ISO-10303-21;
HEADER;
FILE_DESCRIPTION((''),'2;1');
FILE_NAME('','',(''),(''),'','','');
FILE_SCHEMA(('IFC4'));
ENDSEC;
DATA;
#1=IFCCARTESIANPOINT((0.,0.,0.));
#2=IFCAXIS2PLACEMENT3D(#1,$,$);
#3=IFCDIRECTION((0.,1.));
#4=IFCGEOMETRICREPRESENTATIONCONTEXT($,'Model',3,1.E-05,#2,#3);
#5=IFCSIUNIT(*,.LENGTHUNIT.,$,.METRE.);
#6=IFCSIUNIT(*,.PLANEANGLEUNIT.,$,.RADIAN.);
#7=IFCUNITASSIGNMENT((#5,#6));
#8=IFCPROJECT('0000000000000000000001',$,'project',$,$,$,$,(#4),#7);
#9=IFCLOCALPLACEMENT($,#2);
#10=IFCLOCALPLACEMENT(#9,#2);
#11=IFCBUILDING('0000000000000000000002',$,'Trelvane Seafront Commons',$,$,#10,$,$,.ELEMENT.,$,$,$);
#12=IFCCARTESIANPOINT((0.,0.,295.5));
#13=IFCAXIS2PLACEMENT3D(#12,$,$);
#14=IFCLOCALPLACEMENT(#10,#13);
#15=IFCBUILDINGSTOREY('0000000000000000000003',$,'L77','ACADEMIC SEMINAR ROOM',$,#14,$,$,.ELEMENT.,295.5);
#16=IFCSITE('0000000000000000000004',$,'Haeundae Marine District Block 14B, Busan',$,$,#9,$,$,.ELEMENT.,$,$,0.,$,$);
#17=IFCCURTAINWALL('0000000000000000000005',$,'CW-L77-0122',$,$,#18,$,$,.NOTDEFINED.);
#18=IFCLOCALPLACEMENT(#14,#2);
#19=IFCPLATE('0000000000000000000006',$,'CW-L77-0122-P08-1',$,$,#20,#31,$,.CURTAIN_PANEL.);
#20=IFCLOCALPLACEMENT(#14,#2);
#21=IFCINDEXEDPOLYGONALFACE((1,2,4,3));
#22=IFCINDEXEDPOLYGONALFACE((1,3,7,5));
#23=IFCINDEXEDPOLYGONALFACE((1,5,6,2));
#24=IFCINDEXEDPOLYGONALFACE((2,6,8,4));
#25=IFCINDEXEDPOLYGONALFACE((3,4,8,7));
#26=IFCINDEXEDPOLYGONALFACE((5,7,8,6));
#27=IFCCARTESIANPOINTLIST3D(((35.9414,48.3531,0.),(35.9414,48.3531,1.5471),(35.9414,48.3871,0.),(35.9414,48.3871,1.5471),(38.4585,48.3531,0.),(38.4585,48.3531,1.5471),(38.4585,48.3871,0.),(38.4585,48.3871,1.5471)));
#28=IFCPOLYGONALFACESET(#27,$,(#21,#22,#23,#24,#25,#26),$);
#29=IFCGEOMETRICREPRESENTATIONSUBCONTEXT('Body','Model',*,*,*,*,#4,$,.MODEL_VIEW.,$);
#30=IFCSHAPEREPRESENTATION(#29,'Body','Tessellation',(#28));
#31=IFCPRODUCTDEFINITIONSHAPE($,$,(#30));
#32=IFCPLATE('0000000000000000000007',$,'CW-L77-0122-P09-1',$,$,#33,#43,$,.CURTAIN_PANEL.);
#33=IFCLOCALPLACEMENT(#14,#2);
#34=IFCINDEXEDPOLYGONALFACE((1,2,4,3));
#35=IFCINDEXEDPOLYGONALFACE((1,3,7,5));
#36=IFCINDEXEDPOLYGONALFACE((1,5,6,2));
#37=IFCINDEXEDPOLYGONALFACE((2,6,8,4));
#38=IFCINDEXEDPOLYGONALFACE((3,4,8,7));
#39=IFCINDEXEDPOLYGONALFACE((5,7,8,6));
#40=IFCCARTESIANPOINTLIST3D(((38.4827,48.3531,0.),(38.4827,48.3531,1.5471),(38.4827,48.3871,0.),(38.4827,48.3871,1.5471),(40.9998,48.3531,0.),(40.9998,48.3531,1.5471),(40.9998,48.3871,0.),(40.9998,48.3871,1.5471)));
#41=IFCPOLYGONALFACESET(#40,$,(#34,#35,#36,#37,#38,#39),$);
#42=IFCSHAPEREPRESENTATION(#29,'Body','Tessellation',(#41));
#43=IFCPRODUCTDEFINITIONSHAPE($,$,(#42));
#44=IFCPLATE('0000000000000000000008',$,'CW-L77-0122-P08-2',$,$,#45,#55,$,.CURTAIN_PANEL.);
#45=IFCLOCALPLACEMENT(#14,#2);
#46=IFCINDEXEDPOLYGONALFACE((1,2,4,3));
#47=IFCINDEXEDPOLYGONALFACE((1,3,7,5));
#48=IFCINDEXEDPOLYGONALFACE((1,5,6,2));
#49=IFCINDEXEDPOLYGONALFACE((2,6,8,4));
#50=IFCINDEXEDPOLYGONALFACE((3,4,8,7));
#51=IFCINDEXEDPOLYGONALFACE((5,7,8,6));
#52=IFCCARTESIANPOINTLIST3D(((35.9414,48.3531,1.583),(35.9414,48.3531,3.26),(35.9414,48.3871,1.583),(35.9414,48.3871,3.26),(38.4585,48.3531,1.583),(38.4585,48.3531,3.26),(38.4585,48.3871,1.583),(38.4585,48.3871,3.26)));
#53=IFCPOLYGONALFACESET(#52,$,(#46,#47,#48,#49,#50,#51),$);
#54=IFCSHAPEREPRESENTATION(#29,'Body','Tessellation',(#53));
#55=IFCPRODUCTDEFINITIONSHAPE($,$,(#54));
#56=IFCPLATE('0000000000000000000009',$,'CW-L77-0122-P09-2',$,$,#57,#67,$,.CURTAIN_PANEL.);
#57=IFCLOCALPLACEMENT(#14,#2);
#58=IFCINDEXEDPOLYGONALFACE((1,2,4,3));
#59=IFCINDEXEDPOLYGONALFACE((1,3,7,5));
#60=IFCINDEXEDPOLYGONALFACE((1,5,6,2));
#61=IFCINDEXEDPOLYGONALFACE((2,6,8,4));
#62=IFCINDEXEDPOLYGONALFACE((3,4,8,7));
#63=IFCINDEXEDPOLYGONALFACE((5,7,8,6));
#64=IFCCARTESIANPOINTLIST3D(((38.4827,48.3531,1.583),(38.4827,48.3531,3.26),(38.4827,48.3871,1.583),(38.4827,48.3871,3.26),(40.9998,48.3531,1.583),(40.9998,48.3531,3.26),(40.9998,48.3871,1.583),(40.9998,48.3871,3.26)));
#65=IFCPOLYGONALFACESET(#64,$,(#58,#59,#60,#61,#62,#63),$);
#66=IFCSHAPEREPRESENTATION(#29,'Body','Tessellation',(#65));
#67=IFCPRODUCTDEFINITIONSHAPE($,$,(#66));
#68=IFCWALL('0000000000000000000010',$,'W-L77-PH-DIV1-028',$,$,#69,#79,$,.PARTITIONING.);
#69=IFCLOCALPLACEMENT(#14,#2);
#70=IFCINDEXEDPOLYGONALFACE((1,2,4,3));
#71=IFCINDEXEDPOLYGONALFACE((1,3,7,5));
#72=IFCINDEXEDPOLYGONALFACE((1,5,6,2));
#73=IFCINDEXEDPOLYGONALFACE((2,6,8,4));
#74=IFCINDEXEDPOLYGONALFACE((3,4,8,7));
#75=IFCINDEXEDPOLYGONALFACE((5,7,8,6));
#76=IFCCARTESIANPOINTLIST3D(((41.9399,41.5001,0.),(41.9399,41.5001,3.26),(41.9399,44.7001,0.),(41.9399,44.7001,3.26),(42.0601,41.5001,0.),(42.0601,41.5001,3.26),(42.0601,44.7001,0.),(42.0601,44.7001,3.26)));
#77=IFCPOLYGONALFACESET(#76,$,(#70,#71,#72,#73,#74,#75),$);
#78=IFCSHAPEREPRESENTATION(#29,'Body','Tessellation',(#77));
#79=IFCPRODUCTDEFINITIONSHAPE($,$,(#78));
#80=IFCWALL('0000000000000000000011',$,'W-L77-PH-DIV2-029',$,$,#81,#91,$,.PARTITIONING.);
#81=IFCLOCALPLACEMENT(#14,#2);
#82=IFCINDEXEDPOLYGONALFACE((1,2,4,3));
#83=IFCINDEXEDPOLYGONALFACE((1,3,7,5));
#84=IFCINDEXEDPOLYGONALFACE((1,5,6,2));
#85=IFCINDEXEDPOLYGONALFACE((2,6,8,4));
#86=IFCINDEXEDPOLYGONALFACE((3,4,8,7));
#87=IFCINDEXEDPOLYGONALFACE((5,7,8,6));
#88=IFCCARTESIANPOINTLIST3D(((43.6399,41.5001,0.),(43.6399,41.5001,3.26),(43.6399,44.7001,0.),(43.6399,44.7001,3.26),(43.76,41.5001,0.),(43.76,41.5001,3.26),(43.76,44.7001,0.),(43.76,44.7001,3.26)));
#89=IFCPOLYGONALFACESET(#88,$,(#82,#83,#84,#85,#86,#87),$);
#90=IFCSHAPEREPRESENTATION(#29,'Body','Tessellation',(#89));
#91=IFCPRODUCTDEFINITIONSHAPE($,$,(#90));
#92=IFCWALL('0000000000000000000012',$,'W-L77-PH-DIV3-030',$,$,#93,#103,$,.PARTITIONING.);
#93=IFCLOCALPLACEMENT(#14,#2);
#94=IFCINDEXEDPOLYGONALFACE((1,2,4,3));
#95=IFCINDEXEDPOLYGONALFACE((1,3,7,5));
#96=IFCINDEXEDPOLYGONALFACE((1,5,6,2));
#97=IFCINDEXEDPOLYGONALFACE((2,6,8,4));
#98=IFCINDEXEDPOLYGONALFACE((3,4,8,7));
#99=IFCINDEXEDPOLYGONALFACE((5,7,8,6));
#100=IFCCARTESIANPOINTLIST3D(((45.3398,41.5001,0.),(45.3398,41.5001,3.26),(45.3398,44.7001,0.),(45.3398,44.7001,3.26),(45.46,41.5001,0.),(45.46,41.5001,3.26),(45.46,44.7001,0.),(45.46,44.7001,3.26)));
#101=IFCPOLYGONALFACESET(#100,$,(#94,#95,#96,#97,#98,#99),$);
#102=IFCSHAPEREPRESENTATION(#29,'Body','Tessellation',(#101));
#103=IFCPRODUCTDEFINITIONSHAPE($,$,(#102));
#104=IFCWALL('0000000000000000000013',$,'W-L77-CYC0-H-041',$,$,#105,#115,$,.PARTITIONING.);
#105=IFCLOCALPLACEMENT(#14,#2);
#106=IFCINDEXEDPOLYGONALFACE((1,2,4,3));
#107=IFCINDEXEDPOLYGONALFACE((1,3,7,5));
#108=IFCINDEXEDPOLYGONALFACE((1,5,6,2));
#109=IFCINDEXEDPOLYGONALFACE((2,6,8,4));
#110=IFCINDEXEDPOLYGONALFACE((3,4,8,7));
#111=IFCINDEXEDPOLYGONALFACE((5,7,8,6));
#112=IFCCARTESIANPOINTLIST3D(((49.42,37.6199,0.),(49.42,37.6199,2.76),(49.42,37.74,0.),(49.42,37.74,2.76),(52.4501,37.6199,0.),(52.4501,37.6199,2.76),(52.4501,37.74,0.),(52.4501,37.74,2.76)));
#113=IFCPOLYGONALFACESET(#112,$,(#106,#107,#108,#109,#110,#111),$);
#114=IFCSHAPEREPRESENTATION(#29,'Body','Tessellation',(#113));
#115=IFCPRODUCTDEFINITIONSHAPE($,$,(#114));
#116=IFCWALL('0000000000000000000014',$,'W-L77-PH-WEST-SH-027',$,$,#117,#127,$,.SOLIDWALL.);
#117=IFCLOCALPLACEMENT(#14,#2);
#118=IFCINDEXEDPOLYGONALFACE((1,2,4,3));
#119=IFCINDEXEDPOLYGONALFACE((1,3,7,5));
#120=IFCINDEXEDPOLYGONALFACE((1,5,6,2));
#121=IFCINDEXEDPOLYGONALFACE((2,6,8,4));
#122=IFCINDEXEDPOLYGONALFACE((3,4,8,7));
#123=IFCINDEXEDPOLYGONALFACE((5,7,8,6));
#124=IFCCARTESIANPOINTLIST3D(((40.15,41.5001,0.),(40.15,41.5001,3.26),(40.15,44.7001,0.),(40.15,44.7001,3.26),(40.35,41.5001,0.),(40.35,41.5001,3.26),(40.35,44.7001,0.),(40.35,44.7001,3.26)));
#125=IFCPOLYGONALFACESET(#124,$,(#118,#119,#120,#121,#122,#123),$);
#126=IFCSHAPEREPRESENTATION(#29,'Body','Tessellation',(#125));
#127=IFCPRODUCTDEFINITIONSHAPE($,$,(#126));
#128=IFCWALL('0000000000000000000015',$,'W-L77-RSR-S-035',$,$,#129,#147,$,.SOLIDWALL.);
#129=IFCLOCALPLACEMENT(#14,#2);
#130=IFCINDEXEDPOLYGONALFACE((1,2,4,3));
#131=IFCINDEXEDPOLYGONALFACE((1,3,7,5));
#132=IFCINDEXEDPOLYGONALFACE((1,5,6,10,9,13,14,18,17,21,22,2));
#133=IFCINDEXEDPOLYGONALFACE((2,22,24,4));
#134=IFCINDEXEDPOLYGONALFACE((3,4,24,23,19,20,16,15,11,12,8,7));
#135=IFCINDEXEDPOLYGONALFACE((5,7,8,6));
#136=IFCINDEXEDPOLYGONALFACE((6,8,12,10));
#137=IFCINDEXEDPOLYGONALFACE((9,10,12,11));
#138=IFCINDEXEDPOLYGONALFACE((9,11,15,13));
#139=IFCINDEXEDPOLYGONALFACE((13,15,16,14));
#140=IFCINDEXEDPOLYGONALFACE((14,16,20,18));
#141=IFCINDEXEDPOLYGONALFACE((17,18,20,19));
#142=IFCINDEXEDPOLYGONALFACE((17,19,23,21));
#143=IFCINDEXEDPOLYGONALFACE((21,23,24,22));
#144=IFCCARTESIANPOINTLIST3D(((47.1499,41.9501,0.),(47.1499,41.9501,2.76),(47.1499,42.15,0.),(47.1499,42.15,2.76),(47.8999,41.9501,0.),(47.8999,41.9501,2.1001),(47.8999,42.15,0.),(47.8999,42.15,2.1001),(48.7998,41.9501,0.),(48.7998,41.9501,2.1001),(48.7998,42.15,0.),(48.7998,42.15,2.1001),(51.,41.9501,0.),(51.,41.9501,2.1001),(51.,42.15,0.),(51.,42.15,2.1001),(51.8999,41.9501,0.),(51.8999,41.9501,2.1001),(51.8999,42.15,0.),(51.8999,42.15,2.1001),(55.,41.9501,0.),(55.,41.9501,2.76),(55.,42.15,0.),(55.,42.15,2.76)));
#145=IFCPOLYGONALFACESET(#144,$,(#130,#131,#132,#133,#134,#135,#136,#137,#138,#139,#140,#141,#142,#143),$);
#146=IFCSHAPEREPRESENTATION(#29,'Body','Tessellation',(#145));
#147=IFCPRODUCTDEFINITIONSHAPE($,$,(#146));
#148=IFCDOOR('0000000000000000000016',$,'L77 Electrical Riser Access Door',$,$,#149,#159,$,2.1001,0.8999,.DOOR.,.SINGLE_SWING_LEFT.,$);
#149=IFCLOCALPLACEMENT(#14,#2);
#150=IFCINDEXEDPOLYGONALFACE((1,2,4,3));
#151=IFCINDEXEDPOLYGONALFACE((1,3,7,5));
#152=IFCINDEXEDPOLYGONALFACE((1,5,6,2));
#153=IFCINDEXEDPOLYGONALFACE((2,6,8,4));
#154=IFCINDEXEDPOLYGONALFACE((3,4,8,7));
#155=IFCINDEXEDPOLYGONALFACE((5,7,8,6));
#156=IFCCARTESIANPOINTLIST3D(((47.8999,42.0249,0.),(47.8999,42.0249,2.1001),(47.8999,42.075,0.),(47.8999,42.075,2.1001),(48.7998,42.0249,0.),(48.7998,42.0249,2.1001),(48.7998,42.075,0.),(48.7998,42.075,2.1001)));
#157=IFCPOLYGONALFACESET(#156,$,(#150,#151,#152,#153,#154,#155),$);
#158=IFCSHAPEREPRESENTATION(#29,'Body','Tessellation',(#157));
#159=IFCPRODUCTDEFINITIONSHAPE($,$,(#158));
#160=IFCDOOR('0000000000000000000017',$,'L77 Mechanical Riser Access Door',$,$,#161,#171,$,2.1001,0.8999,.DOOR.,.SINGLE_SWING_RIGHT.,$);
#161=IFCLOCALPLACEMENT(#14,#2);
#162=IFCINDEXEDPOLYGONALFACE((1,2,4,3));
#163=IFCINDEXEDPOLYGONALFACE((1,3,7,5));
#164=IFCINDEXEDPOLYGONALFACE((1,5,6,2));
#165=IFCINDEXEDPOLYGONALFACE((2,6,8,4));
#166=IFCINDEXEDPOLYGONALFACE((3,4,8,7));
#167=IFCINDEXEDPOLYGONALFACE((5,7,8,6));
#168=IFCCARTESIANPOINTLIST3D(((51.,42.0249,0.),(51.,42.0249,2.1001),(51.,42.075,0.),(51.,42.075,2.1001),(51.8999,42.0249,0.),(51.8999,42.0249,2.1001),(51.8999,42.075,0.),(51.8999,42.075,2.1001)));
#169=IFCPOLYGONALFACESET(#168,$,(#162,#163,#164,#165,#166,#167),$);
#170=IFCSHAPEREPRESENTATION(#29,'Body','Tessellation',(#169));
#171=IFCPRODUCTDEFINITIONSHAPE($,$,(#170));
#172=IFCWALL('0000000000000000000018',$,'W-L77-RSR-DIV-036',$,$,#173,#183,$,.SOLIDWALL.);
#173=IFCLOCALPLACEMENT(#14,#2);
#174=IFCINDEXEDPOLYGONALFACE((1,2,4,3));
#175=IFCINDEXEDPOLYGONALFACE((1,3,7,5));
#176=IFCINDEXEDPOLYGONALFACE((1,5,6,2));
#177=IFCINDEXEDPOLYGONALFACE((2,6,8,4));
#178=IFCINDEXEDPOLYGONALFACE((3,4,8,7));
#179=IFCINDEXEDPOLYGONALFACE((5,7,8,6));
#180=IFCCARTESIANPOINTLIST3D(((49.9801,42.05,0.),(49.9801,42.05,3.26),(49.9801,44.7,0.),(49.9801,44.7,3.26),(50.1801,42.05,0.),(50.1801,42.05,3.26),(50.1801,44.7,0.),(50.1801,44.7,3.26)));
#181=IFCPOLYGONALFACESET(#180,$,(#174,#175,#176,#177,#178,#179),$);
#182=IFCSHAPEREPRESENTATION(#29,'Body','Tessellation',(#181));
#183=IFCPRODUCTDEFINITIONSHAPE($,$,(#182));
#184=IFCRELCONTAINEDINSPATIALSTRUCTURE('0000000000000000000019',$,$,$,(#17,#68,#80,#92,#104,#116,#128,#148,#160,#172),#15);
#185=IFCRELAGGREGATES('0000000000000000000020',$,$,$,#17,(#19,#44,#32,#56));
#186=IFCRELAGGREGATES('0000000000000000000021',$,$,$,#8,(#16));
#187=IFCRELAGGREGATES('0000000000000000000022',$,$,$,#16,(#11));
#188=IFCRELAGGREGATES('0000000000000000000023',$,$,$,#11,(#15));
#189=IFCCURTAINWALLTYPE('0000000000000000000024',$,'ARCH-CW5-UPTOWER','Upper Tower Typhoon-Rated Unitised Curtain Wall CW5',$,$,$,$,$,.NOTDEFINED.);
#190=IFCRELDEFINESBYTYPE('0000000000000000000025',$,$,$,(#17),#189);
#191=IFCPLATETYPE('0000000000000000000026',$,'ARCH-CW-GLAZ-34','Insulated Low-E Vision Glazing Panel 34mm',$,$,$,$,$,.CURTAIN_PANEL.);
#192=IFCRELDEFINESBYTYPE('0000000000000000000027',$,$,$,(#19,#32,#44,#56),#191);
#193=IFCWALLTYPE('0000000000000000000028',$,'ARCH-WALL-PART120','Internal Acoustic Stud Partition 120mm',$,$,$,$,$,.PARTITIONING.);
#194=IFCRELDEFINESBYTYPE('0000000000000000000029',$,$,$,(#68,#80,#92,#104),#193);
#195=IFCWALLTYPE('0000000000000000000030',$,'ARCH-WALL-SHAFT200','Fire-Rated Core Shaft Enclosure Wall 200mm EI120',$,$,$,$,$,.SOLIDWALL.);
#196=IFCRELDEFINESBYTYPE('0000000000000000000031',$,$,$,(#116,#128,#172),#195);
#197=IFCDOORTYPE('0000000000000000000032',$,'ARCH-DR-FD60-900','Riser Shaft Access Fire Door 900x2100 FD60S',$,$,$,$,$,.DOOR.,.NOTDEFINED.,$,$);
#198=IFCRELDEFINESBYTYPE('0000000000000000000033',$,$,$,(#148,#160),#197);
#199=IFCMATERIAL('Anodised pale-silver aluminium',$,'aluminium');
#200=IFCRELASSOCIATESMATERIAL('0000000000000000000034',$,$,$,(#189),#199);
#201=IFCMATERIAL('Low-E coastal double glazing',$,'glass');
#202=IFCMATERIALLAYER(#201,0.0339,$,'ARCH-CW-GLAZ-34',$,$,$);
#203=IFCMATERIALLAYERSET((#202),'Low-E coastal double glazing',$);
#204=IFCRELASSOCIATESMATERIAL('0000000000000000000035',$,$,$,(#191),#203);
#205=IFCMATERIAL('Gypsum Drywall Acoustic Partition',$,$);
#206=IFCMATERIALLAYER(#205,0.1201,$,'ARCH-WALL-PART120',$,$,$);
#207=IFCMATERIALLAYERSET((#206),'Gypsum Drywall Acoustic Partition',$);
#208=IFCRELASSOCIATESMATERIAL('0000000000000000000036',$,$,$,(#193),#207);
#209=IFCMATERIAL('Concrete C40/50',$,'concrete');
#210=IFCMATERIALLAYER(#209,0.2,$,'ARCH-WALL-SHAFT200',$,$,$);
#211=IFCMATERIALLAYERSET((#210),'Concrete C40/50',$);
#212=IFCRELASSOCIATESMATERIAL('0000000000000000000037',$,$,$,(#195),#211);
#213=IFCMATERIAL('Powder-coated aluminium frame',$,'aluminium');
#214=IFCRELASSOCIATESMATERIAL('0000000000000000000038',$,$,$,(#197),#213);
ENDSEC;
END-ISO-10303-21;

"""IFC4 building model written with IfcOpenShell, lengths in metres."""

from ifc_helpers import new_model, si_unit, direction, frame, frame_2d, origin, origin_2d, place, context, subcontext, project, spatial, rectangle, extrude, source, transform, mapped, material, layer, layer_set, type_object, element, fill, aggregate, save


model = new_model("IFC4")

# Units and contexts
model_context = context("Model", 3, precision=1e-05, world=origin(), true_north=direction((0.0, 1.0)))
body_context = subcontext(model_context, "Body", "Model", "MODEL_VIEW")
ifc_project = project(units=[si_unit("LENGTHUNIT", "METRE"), si_unit("PLANEANGLEUNIT", "RADIAN")], contexts=[model_context])

# Site, building, storey
site_placement = place(None, origin())
site = spatial("IfcSite", under=ifc_project, at=site_placement, Name="Haeundae Marine District Block 14B, Busan", CompositionType="ELEMENT", RefElevation=0.0)
building_placement = place(site_placement, origin())
building = spatial("IfcBuilding", under=site, at=building_placement, Name="Trelvane Seafront Commons", CompositionType="ELEMENT")
storey_placement = place(building_placement, frame((0.0, 0.0, 295.5)))
storey = spatial("IfcBuildingStorey", under=building, at=storey_placement, Name="L77", Description="ACADEMIC SEMINAR ROOM", CompositionType="ELEMENT", Elevation=295.5)

# Curtain wall, plates
ifc_material_1 = material(Name="Anodised pale-silver aluminium", Category="aluminium")
curtain_wall_type = type_object("IfcCurtainWallType", Name="ARCH-CW5-UPTOWER", Description="Upper Tower Typhoon-Rated Unitised Curtain Wall CW5", PredefinedType="NOTDEFINED", material=ifc_material_1)
curtain_wall_placement = place(storey_placement, origin())
curtain_wall = element("IfcCurtainWall", 1, at=curtain_wall_placement, inside=storey, type_object=curtain_wall_type, Name="CW-L77-0122", PredefinedType="NOTDEFINED")
ifc_material_2 = material(Name="Low-E coastal double glazing", Category="glass")
ifc_layer_1 = layer(ifc_material_2, 0.0339, Name="ARCH-CW-GLAZ-34")
ifc_layer_set_1 = layer_set([ifc_layer_1], Name="Low-E coastal double glazing")
plate_type = type_object("IfcPlateType", Name="ARCH-CW-GLAZ-34", Description="Insulated Low-E Vision Glazing Panel 34mm", PredefinedType="CURTAIN_PANEL", material=ifc_layer_set_1)
shared_shape_1 = source(origin(), body_context, "Body", "SweptSolid", [
    extrude(rectangle(XDim=2.5171, YDim=0.0339, at=origin_2d()), origin(), (0.0, 0.0, 1.0), 1.5471),
])
plate_1_placement = place(storey_placement, frame((37.2, 48.3701, 0.0), z_axis=(0.0, 0.0, 1.0), x_axis=(1.0, 0.0, 0.0)))
plate_1 = element("IfcPlate", 2, at=plate_1_placement, type_object=plate_type, Name="CW-L77-0122-P08-1", PredefinedType="CURTAIN_PANEL", context=body_context, shape_type="MappedRepresentation", body=[
    mapped(shared_shape_1, transform((0.0, 0.0, 0.0), x_axis=(1.0, 0.0, 0.0), y_axis=(0.0, 1.0, 0.0), z_axis=(0.0, 0.0, 1.0), scale=1.0)),
])
plate_2_placement = place(storey_placement, frame((39.7412, 48.3701, 0.0), z_axis=(0.0, 0.0, 1.0), x_axis=(1.0, 0.0, 0.0)))
plate_2 = element("IfcPlate", 3, at=plate_2_placement, type_object=plate_type, Name="CW-L77-0122-P09-1", PredefinedType="CURTAIN_PANEL", context=body_context, shape_type="MappedRepresentation", body=[
    mapped(shared_shape_1, transform((0.0, 0.0, 0.0), x_axis=(1.0, 0.0, 0.0), y_axis=(0.0, 1.0, 0.0), z_axis=(0.0, 0.0, 1.0), scale=1.0)),
])
shared_shape_2 = source(origin(), body_context, "Body", "SweptSolid", [
    extrude(rectangle(XDim=2.5171, YDim=0.0339, at=origin_2d()), origin(), (0.0, 0.0, 1.0), 1.677),
])
plate_3_placement = place(storey_placement, frame((37.2, 48.3701, 1.583), z_axis=(0.0, 0.0, 1.0), x_axis=(1.0, 0.0, 0.0)))
plate_3 = element("IfcPlate", 4, at=plate_3_placement, type_object=plate_type, Name="CW-L77-0122-P08-2", PredefinedType="CURTAIN_PANEL", context=body_context, shape_type="MappedRepresentation", body=[
    mapped(shared_shape_2, transform((0.0, 0.0, 0.0), x_axis=(1.0, 0.0, 0.0), y_axis=(0.0, 1.0, 0.0), z_axis=(0.0, 0.0, 1.0), scale=1.0)),
])
plate_4_placement = place(storey_placement, frame((39.7412, 48.3701, 1.583), z_axis=(0.0, 0.0, 1.0), x_axis=(1.0, 0.0, 0.0)))
plate_4 = element("IfcPlate", 5, at=plate_4_placement, type_object=plate_type, Name="CW-L77-0122-P09-2", PredefinedType="CURTAIN_PANEL", context=body_context, shape_type="MappedRepresentation", body=[
    mapped(shared_shape_2, transform((0.0, 0.0, 0.0), x_axis=(1.0, 0.0, 0.0), y_axis=(0.0, 1.0, 0.0), z_axis=(0.0, 0.0, 1.0), scale=1.0)),
])
aggregate(curtain_wall, [plate_1, plate_3, plate_2, plate_4])

# Walls
ifc_material_3 = material(Name="Gypsum Drywall Acoustic Partition")
ifc_layer_2 = layer(ifc_material_3, 0.1201, Name="ARCH-WALL-PART120")
ifc_layer_set_2 = layer_set([ifc_layer_2], Name="Gypsum Drywall Acoustic Partition")
wall_type_1 = type_object("IfcWallType", Name="ARCH-WALL-PART120", Description="Internal Acoustic Stud Partition 120mm", PredefinedType="PARTITIONING", material=ifc_layer_set_2)
for number, where, z_axis, x_axis, name in (
    (6, (42.0, 41.5, 0.0), (0.0, 0.0, 1.0), (0.0, 1.0, 0.0), "W-L77-PH-DIV1-028"),
    (7, (43.7, 41.5, 0.0), (0.0, 0.0, 1.0), (0.0, 1.0, 0.0), "W-L77-PH-DIV2-029"),
    (8, (45.3999, 41.5, 0.0), (0.0, 0.0, 1.0), (0.0, 1.0, 0.0), "W-L77-PH-DIV3-030"),
):
    element("IfcWall", number, at=place(storey_placement, frame(where, z_axis=z_axis, x_axis=x_axis)), inside=storey, type_object=wall_type_1, Name=name, PredefinedType="PARTITIONING", context=body_context, shape_type="SweptSolid", body=[
        extrude(rectangle(XDim=3.2, YDim=0.1201, at=frame_2d((1.6001, 0.0))), origin(), (0.0, 0.0, 1.0), 3.26),
    ])
wall_1_placement = place(storey_placement, frame((49.4199, 37.6799, 0.0), z_axis=(0.0, 0.0, 1.0), x_axis=(1.0, 0.0, 0.0)))
element("IfcWall", 9, at=wall_1_placement, inside=storey, type_object=wall_type_1, Name="W-L77-CYC0-H-041", PredefinedType="PARTITIONING", context=body_context, shape_type="SweptSolid", body=[
    extrude(rectangle(XDim=3.03, YDim=0.1201, at=frame_2d((1.5151, 0.0))), origin(), (0.0, 0.0, 1.0), 2.76),
])

# Shared definitions
ifc_material_4 = material(Name="Concrete C40/50", Category="concrete")
ifc_layer_3 = layer(ifc_material_4, 0.2, Name="ARCH-WALL-SHAFT200")
ifc_layer_set_3 = layer_set([ifc_layer_3], Name="Concrete C40/50")
wall_type_2 = type_object("IfcWallType", Name="ARCH-WALL-SHAFT200", Description="Fire-Rated Core Shaft Enclosure Wall 200mm EI120", PredefinedType="SOLIDWALL", material=ifc_layer_set_3)

# Wall
wall_2_placement = place(storey_placement, frame((40.25, 41.5, 0.0), z_axis=(0.0, 0.0, 1.0), x_axis=(0.0, 1.0, 0.0)))
element("IfcWall", 10, at=wall_2_placement, inside=storey, type_object=wall_type_2, Name="W-L77-PH-WEST-SH-027", PredefinedType="SOLIDWALL", context=body_context, shape_type="SweptSolid", body=[
    extrude(rectangle(XDim=3.2, YDim=0.2, at=frame_2d((1.6001, 0.0))), origin(), (0.0, 0.0, 1.0), 3.26),
])

# Wall, openings, doors
wall_3_placement = place(storey_placement, frame((47.1499, 42.05, 0.0), z_axis=(0.0, 0.0, 1.0), x_axis=(1.0, 0.0, 0.0)))
wall_3 = element("IfcWall", 11, at=wall_3_placement, inside=storey, type_object=wall_type_2, Name="W-L77-RSR-S-035", PredefinedType="SOLIDWALL", context=body_context, shape_type="SweptSolid", body=[
    extrude(rectangle(XDim=7.8501, YDim=0.2, at=frame_2d((3.925, 0.0))), origin(), (0.0, 0.0, 1.0), 2.76),
])
opening_1_placement = place(wall_3_placement, frame((0.75, 0.0, 0.0)))
opening_1 = element("IfcOpeningElement", 12, at=opening_1_placement, cuts=wall_3, PredefinedType="OPENING", context=body_context, shape_type="SweptSolid", body=[
    extrude(rectangle(XDim=0.8999, YDim=2.1001, at=frame_2d((0.45, 1.05))), frame((0.0, 0.1099, 0.0), z_axis=(0.0, -1.0, 0.0), x_axis=(1.0, 0.0, 0.0)), (0.0, 0.0, 1.0), 0.22),
])
opening_2_placement = place(wall_3_placement, frame((3.8501, 0.0, 0.0)))
opening_2 = element("IfcOpeningElement", 13, at=opening_2_placement, cuts=wall_3, PredefinedType="OPENING", context=body_context, shape_type="SweptSolid", body=[
    extrude(rectangle(XDim=0.8999, YDim=2.1001, at=frame_2d((0.45, 1.05))), frame((0.0, 0.1099, 0.0), z_axis=(0.0, -1.0, 0.0), x_axis=(1.0, 0.0, 0.0)), (0.0, 0.0, 1.0), 0.22),
])
ifc_material_5 = material(Name="Powder-coated aluminium frame", Category="aluminium")
door_type_1 = type_object("IfcDoorType", Name="ARCH-DR-FD60-900", Description="Riser Shaft Access Fire Door 900x2100 FD60S", OperationType="NOTDEFINED", PredefinedType="DOOR", material=ifc_material_5)
shared_shape_3 = source(origin(), body_context, "Body", "SweptSolid", [
    extrude(rectangle(XDim=0.8999, YDim=2.1001, at=frame_2d((0.45, 1.05))), frame((0.0, 0.0249, 0.0), z_axis=(0.0, -1.0, 0.0), x_axis=(1.0, 0.0, 0.0)), (0.0, 0.0, 1.0), 0.05),
])
door_1_placement = place(opening_1_placement, origin())
door_1 = element("IfcDoor", 14, at=door_1_placement, inside=storey, type_object=door_type_1, Name="L77 Electrical Riser Access Door", OperationType="SINGLE_SWING_LEFT", OverallHeight=2.1001, OverallWidth=0.8999, PredefinedType="DOOR", context=body_context, shape_type="MappedRepresentation", body=[
    mapped(shared_shape_3, transform((0.0, 0.0, 0.0), x_axis=(1.0, 0.0, 0.0), y_axis=(0.0, 1.0, 0.0), z_axis=(0.0, 0.0, 1.0), scale=1.0)),
])
fill(opening_1, door_1)
door_2_placement = place(opening_2_placement, origin())
door_2 = element("IfcDoor", 15, at=door_2_placement, inside=storey, type_object=door_type_1, Name="L77 Mechanical Riser Access Door", OperationType="SINGLE_SWING_RIGHT", OverallHeight=2.1001, OverallWidth=0.8999, PredefinedType="DOOR", context=body_context, shape_type="MappedRepresentation", body=[
    mapped(shared_shape_3, transform((0.0, 0.0, 0.0), x_axis=(1.0, 0.0, 0.0), y_axis=(0.0, 1.0, 0.0), z_axis=(0.0, 0.0, 1.0), scale=1.0)),
])
fill(opening_2, door_2)

# Wall
wall_4_placement = place(storey_placement, frame((50.0801, 42.05, 0.0), z_axis=(0.0, 0.0, 1.0), x_axis=(0.0, 1.0, 0.0)))
element("IfcWall", 16, at=wall_4_placement, inside=storey, type_object=wall_type_2, Name="W-L77-RSR-DIV-036", PredefinedType="SOLIDWALL", context=body_context, shape_type="SweptSolid", body=[
    extrude(rectangle(XDim=2.6499, YDim=0.2, at=frame_2d((1.325, 0.0))), origin(), (0.0, 0.0, 1.0), 3.26),
])

save(model, "model.ifc")
